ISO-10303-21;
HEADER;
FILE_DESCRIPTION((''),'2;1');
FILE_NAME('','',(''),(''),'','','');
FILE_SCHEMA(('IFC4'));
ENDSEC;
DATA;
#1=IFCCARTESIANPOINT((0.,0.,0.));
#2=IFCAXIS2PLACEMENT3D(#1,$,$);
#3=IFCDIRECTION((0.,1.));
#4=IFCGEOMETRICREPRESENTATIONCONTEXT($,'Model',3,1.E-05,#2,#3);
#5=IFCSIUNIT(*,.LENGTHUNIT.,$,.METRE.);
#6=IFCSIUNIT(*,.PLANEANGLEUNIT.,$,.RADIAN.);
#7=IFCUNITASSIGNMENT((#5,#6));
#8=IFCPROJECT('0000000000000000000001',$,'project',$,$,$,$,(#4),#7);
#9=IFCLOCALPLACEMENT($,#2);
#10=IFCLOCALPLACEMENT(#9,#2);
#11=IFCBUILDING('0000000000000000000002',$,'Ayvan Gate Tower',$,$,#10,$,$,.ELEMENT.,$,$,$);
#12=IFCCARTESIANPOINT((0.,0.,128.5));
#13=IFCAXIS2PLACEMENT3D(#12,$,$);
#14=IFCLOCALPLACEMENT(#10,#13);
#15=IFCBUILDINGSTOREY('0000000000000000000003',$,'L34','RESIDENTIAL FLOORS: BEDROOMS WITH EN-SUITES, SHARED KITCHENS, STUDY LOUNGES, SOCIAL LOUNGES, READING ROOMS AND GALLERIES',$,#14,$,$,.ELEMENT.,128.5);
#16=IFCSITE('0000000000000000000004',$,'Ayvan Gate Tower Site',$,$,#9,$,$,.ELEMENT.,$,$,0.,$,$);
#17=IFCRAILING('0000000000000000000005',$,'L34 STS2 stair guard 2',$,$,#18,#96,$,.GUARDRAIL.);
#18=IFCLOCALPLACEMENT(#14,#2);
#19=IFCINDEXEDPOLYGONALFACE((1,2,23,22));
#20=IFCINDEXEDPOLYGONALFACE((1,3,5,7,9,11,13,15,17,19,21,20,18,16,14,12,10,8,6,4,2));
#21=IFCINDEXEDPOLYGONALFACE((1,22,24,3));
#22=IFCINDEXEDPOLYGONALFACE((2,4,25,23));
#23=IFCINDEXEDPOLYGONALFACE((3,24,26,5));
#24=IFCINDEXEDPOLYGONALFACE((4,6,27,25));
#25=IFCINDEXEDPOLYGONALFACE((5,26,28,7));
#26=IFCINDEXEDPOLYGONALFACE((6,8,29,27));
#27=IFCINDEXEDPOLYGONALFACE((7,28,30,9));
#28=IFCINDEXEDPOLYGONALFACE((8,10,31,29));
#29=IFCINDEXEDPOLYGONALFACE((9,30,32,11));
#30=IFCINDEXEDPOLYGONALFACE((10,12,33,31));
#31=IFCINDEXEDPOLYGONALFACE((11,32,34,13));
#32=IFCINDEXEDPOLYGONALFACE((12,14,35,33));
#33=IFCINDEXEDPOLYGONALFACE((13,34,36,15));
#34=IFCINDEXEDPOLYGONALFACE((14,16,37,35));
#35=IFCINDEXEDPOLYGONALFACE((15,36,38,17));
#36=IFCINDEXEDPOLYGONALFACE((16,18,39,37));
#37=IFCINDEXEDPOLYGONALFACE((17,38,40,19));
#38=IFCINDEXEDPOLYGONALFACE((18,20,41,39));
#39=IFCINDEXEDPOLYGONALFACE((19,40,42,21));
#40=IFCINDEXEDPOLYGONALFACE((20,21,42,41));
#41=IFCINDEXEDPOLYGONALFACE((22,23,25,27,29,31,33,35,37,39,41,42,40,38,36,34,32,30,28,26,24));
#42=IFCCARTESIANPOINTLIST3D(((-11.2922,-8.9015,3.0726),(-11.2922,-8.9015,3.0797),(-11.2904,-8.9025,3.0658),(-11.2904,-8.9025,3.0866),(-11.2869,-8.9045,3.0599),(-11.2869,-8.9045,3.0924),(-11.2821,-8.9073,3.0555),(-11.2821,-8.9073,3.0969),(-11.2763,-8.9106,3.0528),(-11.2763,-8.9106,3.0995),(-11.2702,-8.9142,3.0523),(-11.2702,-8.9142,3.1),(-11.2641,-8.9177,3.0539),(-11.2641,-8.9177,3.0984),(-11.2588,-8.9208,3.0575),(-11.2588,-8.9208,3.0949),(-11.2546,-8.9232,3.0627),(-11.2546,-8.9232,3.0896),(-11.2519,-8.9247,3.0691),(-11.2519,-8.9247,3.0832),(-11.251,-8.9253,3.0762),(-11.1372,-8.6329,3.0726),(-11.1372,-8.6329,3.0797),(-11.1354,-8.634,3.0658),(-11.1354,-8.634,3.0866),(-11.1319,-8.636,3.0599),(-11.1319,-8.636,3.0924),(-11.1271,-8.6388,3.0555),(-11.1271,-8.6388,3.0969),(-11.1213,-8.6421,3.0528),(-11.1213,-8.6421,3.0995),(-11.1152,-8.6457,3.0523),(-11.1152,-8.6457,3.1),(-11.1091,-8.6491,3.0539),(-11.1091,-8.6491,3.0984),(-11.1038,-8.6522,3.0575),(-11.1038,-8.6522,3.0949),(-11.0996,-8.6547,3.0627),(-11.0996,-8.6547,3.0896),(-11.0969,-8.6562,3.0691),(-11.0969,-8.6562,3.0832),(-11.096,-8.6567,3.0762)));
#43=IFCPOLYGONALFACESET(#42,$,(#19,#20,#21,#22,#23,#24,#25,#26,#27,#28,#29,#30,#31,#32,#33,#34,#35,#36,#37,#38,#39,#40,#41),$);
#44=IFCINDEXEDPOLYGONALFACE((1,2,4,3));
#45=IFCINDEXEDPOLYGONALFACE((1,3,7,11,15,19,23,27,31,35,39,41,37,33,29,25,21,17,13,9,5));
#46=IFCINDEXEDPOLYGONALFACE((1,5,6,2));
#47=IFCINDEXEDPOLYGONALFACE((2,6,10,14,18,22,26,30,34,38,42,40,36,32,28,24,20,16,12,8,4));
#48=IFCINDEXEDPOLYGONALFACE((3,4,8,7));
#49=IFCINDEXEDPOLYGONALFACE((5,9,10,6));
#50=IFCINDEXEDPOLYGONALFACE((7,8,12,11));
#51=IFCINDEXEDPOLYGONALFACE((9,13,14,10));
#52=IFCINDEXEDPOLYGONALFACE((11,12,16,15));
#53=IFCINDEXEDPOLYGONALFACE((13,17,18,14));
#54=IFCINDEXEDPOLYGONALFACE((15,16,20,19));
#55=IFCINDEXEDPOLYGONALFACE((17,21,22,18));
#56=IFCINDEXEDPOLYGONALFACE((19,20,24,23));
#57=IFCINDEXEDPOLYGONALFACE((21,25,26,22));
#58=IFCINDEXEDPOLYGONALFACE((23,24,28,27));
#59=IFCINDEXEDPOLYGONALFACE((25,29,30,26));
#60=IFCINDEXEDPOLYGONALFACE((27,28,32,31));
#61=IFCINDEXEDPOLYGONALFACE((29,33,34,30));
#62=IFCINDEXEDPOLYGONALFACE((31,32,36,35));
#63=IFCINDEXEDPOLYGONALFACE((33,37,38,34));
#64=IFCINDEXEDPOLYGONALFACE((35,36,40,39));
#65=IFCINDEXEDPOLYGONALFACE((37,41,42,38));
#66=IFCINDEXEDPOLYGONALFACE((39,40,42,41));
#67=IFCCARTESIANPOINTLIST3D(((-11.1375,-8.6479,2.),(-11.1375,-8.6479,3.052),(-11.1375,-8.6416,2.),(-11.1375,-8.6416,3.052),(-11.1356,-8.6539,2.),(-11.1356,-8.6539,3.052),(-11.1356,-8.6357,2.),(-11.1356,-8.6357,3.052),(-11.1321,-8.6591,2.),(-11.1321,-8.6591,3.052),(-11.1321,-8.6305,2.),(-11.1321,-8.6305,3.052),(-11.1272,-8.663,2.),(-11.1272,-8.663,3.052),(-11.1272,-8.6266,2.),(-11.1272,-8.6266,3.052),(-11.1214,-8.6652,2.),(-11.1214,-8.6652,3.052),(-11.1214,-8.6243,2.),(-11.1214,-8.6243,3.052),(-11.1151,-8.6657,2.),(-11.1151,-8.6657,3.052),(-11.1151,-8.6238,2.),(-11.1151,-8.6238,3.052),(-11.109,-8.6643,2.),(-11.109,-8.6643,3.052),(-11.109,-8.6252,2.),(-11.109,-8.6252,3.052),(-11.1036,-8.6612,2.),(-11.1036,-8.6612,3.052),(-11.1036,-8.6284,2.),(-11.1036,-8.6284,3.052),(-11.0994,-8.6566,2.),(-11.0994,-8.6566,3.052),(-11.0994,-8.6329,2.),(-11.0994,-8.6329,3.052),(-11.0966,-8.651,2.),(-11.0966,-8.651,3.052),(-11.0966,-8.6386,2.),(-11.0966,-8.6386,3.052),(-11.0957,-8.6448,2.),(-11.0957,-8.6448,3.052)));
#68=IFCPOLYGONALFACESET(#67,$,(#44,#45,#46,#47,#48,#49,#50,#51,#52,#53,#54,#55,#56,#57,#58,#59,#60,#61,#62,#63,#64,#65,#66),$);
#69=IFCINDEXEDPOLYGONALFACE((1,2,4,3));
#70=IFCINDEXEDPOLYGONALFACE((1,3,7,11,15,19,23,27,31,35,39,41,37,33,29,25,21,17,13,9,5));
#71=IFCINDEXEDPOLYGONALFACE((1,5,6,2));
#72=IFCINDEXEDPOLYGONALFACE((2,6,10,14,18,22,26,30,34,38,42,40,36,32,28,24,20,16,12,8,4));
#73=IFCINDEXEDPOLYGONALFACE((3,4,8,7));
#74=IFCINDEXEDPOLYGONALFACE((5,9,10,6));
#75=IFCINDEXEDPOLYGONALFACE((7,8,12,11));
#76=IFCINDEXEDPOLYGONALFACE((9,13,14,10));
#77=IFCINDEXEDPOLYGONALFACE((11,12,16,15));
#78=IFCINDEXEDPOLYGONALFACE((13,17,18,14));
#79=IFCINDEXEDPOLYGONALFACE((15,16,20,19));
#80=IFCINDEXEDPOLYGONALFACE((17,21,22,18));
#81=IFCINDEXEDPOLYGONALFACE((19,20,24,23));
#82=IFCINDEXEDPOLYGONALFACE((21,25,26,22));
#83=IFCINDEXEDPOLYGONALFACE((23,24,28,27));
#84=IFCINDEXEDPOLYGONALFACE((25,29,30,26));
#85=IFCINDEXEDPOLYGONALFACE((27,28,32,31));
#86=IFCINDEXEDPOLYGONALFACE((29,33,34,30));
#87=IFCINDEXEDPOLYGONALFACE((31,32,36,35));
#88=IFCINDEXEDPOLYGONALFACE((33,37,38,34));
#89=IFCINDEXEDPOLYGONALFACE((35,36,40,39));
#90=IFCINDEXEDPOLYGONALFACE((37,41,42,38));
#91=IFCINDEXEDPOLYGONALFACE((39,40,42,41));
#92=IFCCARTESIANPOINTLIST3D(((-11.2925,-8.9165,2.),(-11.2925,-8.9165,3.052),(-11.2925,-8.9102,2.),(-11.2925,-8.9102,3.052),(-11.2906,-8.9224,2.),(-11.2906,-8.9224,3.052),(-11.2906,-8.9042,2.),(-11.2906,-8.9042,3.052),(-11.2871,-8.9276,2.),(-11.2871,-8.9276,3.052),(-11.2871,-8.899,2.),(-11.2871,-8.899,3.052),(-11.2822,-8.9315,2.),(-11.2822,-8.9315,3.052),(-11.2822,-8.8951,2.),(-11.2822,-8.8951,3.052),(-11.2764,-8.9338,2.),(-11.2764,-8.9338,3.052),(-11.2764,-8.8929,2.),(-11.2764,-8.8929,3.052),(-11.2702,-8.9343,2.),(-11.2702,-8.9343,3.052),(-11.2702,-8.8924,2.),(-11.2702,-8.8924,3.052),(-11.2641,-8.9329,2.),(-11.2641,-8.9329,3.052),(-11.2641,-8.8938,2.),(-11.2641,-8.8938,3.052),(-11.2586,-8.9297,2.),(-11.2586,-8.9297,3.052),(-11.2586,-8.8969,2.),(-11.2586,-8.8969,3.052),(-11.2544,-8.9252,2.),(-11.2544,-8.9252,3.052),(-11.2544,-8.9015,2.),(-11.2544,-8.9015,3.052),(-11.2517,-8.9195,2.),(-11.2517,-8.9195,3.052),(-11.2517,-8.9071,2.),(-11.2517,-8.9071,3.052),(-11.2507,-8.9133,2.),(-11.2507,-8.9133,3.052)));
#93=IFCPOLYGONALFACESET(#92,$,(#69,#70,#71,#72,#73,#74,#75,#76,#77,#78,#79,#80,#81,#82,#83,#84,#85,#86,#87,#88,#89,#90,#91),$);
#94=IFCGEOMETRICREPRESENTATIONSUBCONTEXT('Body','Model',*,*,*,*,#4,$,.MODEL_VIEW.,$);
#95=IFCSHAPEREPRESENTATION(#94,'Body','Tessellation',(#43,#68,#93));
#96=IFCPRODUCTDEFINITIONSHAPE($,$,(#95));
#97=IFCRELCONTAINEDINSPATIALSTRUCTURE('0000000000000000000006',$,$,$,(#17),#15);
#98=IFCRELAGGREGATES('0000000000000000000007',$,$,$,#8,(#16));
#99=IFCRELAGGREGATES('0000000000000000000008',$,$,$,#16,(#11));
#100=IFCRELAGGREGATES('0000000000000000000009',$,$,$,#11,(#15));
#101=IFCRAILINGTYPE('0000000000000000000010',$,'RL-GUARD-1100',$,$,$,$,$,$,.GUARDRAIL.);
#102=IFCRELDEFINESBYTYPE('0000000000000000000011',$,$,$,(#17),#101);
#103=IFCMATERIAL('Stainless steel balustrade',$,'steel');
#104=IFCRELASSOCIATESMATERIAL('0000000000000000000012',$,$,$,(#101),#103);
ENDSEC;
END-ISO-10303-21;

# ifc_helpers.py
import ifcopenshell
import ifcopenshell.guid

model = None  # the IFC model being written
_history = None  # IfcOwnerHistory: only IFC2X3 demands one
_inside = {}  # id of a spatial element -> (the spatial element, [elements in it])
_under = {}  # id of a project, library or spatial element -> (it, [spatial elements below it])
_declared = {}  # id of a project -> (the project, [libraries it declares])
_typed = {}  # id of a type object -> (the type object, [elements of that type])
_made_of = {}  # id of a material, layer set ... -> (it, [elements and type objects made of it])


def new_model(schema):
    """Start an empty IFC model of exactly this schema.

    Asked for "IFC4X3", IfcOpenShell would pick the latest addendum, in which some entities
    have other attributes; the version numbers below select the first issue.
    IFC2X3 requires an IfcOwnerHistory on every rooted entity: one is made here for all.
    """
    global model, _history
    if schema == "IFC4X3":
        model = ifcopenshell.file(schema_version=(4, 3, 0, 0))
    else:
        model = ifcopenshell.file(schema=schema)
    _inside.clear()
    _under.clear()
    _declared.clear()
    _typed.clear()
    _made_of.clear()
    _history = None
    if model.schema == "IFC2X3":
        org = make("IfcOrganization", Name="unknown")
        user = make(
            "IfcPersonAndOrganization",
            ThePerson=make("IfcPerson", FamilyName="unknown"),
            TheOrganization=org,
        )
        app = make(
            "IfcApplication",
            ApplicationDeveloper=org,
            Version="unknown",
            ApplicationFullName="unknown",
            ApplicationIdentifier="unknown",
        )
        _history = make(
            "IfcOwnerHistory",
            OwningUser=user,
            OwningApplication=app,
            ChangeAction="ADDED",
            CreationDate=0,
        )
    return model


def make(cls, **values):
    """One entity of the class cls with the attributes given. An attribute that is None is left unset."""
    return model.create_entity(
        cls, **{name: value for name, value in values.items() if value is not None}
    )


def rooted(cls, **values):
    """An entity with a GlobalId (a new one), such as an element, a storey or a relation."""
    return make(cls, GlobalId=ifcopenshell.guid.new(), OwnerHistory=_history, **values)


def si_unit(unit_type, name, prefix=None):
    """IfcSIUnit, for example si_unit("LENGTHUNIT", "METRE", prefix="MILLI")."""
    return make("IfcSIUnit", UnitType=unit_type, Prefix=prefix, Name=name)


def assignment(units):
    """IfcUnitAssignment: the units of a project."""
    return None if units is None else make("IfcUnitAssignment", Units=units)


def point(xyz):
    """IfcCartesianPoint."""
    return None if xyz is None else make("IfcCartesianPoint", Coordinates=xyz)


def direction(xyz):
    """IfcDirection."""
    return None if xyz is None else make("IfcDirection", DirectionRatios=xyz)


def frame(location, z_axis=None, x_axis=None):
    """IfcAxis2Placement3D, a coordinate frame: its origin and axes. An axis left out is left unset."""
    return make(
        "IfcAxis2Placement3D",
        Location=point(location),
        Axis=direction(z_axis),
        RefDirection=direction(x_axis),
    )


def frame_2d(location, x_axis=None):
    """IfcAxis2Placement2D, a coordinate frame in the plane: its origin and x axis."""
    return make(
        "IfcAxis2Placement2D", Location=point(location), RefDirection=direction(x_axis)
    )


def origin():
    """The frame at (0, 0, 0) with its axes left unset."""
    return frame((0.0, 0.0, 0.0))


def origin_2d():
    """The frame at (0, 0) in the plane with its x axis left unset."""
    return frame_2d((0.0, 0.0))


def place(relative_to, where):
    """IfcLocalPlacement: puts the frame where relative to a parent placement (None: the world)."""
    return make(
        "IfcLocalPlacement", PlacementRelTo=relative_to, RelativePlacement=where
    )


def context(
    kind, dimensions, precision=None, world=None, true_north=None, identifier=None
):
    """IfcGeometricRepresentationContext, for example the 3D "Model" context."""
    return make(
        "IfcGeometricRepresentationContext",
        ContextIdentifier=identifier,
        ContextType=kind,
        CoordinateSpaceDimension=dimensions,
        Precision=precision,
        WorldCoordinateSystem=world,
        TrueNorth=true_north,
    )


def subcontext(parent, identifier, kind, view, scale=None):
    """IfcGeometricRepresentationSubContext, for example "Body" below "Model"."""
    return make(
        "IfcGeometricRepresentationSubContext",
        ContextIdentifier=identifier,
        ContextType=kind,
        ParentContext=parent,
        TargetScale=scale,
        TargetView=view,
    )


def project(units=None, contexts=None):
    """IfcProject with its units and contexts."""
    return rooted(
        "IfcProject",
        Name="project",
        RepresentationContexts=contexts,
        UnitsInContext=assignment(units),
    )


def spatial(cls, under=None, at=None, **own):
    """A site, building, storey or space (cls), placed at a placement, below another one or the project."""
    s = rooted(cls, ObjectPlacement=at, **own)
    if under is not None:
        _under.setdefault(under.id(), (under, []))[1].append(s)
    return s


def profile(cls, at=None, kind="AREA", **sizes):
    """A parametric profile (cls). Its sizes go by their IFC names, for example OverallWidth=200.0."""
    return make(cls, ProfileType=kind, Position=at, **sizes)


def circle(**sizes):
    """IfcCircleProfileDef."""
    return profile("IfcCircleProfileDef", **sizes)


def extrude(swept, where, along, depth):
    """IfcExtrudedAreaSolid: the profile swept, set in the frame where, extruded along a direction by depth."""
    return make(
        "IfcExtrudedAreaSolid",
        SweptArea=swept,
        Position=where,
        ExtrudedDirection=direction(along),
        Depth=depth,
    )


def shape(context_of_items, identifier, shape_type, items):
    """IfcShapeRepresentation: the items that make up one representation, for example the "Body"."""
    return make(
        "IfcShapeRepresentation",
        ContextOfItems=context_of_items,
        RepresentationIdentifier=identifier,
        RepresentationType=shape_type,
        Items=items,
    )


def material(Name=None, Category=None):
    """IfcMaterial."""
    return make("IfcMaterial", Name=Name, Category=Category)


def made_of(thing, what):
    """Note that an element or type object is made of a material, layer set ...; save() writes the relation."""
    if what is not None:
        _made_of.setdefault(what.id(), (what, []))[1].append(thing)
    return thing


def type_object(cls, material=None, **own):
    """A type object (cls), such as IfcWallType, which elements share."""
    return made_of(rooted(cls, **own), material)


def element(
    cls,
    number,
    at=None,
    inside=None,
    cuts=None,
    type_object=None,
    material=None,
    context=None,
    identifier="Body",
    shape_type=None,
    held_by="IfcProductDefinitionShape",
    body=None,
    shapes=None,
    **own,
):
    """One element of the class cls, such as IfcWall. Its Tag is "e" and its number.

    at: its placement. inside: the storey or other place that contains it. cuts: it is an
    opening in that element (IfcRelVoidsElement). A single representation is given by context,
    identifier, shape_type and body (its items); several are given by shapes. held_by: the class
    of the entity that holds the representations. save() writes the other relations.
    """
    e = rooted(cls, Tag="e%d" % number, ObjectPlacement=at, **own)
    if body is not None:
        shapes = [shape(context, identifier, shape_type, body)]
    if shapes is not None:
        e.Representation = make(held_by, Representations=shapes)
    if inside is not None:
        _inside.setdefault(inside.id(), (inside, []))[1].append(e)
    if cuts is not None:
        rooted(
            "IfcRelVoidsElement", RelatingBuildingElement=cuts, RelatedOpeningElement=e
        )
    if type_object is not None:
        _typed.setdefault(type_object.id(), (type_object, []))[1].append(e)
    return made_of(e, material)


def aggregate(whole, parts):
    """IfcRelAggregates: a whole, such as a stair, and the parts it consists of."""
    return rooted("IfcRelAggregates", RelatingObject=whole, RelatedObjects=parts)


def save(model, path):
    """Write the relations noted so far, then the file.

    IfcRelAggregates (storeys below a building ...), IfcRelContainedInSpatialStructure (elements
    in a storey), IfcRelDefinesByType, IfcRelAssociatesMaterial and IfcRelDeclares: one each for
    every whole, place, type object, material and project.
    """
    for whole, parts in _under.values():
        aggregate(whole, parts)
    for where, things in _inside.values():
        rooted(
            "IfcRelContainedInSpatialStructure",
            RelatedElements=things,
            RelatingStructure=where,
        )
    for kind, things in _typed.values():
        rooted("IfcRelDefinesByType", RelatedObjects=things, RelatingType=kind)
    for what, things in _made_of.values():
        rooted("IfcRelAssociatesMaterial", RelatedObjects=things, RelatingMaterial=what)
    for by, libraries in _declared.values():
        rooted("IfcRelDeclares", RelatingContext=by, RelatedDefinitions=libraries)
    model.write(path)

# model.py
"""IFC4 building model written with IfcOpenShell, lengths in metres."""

from ifc_helpers import new_model, si_unit, direction, frame, origin, origin_2d, place, context, subcontext, project, spatial, circle, extrude, material, type_object, element, save


model = new_model("IFC4")

# Units and contexts
model_context = context("Model", 3, precision=1e-05, world=origin(), true_north=direction((0.0, 1.0)))
body_context = subcontext(model_context, "Body", "Model", "MODEL_VIEW")
ifc_project = project(units=[si_unit("LENGTHUNIT", "METRE"), si_unit("PLANEANGLEUNIT", "RADIAN")], contexts=[model_context])

# Site, building, storey
site_placement = place(None, origin())
site = spatial("IfcSite", under=ifc_project, at=site_placement, Name="Ayvan Gate Tower Site", CompositionType="ELEMENT", RefElevation=0.0)
building_placement = place(site_placement, origin())
building = spatial("IfcBuilding", under=site, at=building_placement, Name="Ayvan Gate Tower", CompositionType="ELEMENT")
storey_placement = place(building_placement, frame((0.0, 0.0, 128.5)))
storey = spatial("IfcBuildingStorey", under=building, at=storey_placement, Name="L34", Description="RESIDENTIAL FLOORS: BEDROOMS WITH EN-SUITES, SHARED KITCHENS, STUDY LOUNGES, SOCIAL LOUNGES, READING ROOMS AND GALLERIES", CompositionType="ELEMENT", Elevation=128.5)

# Railing
ifc_material_1 = material(Name="Stainless steel balustrade", Category="steel")
railing_type_1 = type_object("IfcRailingType", Name="RL-GUARD-1100", PredefinedType="GUARDRAIL", material=ifc_material_1)
railing_1_placement = place(storey_placement, frame((-11.1167, -8.6448, 2.0)))
element("IfcRailing", 1, at=railing_1_placement, inside=storey, type_object=railing_type_1, Name="L34 STS2 stair guard 2", PredefinedType="GUARDRAIL", context=body_context, shape_type="SweptSolid", body=[
    extrude(circle(Radius=0.0239, at=origin_2d()), frame((0.0, 0.0, 1.0762), z_axis=(-0.49995, -0.866054, 0.0), x_axis=(0.866054, -0.49995, 0.0)), (0.0, 0.0, 1.0), 0.3101),
    extrude(circle(Radius=0.021, at=origin_2d()), origin(), (0.0, 0.0, 1.0), 1.052),
    extrude(circle(Radius=0.021, at=origin_2d()), frame((-0.155, -0.2686, 0.0)), (0.0, 0.0, 1.0), 1.052),
])

save(model, "model.ifc")
